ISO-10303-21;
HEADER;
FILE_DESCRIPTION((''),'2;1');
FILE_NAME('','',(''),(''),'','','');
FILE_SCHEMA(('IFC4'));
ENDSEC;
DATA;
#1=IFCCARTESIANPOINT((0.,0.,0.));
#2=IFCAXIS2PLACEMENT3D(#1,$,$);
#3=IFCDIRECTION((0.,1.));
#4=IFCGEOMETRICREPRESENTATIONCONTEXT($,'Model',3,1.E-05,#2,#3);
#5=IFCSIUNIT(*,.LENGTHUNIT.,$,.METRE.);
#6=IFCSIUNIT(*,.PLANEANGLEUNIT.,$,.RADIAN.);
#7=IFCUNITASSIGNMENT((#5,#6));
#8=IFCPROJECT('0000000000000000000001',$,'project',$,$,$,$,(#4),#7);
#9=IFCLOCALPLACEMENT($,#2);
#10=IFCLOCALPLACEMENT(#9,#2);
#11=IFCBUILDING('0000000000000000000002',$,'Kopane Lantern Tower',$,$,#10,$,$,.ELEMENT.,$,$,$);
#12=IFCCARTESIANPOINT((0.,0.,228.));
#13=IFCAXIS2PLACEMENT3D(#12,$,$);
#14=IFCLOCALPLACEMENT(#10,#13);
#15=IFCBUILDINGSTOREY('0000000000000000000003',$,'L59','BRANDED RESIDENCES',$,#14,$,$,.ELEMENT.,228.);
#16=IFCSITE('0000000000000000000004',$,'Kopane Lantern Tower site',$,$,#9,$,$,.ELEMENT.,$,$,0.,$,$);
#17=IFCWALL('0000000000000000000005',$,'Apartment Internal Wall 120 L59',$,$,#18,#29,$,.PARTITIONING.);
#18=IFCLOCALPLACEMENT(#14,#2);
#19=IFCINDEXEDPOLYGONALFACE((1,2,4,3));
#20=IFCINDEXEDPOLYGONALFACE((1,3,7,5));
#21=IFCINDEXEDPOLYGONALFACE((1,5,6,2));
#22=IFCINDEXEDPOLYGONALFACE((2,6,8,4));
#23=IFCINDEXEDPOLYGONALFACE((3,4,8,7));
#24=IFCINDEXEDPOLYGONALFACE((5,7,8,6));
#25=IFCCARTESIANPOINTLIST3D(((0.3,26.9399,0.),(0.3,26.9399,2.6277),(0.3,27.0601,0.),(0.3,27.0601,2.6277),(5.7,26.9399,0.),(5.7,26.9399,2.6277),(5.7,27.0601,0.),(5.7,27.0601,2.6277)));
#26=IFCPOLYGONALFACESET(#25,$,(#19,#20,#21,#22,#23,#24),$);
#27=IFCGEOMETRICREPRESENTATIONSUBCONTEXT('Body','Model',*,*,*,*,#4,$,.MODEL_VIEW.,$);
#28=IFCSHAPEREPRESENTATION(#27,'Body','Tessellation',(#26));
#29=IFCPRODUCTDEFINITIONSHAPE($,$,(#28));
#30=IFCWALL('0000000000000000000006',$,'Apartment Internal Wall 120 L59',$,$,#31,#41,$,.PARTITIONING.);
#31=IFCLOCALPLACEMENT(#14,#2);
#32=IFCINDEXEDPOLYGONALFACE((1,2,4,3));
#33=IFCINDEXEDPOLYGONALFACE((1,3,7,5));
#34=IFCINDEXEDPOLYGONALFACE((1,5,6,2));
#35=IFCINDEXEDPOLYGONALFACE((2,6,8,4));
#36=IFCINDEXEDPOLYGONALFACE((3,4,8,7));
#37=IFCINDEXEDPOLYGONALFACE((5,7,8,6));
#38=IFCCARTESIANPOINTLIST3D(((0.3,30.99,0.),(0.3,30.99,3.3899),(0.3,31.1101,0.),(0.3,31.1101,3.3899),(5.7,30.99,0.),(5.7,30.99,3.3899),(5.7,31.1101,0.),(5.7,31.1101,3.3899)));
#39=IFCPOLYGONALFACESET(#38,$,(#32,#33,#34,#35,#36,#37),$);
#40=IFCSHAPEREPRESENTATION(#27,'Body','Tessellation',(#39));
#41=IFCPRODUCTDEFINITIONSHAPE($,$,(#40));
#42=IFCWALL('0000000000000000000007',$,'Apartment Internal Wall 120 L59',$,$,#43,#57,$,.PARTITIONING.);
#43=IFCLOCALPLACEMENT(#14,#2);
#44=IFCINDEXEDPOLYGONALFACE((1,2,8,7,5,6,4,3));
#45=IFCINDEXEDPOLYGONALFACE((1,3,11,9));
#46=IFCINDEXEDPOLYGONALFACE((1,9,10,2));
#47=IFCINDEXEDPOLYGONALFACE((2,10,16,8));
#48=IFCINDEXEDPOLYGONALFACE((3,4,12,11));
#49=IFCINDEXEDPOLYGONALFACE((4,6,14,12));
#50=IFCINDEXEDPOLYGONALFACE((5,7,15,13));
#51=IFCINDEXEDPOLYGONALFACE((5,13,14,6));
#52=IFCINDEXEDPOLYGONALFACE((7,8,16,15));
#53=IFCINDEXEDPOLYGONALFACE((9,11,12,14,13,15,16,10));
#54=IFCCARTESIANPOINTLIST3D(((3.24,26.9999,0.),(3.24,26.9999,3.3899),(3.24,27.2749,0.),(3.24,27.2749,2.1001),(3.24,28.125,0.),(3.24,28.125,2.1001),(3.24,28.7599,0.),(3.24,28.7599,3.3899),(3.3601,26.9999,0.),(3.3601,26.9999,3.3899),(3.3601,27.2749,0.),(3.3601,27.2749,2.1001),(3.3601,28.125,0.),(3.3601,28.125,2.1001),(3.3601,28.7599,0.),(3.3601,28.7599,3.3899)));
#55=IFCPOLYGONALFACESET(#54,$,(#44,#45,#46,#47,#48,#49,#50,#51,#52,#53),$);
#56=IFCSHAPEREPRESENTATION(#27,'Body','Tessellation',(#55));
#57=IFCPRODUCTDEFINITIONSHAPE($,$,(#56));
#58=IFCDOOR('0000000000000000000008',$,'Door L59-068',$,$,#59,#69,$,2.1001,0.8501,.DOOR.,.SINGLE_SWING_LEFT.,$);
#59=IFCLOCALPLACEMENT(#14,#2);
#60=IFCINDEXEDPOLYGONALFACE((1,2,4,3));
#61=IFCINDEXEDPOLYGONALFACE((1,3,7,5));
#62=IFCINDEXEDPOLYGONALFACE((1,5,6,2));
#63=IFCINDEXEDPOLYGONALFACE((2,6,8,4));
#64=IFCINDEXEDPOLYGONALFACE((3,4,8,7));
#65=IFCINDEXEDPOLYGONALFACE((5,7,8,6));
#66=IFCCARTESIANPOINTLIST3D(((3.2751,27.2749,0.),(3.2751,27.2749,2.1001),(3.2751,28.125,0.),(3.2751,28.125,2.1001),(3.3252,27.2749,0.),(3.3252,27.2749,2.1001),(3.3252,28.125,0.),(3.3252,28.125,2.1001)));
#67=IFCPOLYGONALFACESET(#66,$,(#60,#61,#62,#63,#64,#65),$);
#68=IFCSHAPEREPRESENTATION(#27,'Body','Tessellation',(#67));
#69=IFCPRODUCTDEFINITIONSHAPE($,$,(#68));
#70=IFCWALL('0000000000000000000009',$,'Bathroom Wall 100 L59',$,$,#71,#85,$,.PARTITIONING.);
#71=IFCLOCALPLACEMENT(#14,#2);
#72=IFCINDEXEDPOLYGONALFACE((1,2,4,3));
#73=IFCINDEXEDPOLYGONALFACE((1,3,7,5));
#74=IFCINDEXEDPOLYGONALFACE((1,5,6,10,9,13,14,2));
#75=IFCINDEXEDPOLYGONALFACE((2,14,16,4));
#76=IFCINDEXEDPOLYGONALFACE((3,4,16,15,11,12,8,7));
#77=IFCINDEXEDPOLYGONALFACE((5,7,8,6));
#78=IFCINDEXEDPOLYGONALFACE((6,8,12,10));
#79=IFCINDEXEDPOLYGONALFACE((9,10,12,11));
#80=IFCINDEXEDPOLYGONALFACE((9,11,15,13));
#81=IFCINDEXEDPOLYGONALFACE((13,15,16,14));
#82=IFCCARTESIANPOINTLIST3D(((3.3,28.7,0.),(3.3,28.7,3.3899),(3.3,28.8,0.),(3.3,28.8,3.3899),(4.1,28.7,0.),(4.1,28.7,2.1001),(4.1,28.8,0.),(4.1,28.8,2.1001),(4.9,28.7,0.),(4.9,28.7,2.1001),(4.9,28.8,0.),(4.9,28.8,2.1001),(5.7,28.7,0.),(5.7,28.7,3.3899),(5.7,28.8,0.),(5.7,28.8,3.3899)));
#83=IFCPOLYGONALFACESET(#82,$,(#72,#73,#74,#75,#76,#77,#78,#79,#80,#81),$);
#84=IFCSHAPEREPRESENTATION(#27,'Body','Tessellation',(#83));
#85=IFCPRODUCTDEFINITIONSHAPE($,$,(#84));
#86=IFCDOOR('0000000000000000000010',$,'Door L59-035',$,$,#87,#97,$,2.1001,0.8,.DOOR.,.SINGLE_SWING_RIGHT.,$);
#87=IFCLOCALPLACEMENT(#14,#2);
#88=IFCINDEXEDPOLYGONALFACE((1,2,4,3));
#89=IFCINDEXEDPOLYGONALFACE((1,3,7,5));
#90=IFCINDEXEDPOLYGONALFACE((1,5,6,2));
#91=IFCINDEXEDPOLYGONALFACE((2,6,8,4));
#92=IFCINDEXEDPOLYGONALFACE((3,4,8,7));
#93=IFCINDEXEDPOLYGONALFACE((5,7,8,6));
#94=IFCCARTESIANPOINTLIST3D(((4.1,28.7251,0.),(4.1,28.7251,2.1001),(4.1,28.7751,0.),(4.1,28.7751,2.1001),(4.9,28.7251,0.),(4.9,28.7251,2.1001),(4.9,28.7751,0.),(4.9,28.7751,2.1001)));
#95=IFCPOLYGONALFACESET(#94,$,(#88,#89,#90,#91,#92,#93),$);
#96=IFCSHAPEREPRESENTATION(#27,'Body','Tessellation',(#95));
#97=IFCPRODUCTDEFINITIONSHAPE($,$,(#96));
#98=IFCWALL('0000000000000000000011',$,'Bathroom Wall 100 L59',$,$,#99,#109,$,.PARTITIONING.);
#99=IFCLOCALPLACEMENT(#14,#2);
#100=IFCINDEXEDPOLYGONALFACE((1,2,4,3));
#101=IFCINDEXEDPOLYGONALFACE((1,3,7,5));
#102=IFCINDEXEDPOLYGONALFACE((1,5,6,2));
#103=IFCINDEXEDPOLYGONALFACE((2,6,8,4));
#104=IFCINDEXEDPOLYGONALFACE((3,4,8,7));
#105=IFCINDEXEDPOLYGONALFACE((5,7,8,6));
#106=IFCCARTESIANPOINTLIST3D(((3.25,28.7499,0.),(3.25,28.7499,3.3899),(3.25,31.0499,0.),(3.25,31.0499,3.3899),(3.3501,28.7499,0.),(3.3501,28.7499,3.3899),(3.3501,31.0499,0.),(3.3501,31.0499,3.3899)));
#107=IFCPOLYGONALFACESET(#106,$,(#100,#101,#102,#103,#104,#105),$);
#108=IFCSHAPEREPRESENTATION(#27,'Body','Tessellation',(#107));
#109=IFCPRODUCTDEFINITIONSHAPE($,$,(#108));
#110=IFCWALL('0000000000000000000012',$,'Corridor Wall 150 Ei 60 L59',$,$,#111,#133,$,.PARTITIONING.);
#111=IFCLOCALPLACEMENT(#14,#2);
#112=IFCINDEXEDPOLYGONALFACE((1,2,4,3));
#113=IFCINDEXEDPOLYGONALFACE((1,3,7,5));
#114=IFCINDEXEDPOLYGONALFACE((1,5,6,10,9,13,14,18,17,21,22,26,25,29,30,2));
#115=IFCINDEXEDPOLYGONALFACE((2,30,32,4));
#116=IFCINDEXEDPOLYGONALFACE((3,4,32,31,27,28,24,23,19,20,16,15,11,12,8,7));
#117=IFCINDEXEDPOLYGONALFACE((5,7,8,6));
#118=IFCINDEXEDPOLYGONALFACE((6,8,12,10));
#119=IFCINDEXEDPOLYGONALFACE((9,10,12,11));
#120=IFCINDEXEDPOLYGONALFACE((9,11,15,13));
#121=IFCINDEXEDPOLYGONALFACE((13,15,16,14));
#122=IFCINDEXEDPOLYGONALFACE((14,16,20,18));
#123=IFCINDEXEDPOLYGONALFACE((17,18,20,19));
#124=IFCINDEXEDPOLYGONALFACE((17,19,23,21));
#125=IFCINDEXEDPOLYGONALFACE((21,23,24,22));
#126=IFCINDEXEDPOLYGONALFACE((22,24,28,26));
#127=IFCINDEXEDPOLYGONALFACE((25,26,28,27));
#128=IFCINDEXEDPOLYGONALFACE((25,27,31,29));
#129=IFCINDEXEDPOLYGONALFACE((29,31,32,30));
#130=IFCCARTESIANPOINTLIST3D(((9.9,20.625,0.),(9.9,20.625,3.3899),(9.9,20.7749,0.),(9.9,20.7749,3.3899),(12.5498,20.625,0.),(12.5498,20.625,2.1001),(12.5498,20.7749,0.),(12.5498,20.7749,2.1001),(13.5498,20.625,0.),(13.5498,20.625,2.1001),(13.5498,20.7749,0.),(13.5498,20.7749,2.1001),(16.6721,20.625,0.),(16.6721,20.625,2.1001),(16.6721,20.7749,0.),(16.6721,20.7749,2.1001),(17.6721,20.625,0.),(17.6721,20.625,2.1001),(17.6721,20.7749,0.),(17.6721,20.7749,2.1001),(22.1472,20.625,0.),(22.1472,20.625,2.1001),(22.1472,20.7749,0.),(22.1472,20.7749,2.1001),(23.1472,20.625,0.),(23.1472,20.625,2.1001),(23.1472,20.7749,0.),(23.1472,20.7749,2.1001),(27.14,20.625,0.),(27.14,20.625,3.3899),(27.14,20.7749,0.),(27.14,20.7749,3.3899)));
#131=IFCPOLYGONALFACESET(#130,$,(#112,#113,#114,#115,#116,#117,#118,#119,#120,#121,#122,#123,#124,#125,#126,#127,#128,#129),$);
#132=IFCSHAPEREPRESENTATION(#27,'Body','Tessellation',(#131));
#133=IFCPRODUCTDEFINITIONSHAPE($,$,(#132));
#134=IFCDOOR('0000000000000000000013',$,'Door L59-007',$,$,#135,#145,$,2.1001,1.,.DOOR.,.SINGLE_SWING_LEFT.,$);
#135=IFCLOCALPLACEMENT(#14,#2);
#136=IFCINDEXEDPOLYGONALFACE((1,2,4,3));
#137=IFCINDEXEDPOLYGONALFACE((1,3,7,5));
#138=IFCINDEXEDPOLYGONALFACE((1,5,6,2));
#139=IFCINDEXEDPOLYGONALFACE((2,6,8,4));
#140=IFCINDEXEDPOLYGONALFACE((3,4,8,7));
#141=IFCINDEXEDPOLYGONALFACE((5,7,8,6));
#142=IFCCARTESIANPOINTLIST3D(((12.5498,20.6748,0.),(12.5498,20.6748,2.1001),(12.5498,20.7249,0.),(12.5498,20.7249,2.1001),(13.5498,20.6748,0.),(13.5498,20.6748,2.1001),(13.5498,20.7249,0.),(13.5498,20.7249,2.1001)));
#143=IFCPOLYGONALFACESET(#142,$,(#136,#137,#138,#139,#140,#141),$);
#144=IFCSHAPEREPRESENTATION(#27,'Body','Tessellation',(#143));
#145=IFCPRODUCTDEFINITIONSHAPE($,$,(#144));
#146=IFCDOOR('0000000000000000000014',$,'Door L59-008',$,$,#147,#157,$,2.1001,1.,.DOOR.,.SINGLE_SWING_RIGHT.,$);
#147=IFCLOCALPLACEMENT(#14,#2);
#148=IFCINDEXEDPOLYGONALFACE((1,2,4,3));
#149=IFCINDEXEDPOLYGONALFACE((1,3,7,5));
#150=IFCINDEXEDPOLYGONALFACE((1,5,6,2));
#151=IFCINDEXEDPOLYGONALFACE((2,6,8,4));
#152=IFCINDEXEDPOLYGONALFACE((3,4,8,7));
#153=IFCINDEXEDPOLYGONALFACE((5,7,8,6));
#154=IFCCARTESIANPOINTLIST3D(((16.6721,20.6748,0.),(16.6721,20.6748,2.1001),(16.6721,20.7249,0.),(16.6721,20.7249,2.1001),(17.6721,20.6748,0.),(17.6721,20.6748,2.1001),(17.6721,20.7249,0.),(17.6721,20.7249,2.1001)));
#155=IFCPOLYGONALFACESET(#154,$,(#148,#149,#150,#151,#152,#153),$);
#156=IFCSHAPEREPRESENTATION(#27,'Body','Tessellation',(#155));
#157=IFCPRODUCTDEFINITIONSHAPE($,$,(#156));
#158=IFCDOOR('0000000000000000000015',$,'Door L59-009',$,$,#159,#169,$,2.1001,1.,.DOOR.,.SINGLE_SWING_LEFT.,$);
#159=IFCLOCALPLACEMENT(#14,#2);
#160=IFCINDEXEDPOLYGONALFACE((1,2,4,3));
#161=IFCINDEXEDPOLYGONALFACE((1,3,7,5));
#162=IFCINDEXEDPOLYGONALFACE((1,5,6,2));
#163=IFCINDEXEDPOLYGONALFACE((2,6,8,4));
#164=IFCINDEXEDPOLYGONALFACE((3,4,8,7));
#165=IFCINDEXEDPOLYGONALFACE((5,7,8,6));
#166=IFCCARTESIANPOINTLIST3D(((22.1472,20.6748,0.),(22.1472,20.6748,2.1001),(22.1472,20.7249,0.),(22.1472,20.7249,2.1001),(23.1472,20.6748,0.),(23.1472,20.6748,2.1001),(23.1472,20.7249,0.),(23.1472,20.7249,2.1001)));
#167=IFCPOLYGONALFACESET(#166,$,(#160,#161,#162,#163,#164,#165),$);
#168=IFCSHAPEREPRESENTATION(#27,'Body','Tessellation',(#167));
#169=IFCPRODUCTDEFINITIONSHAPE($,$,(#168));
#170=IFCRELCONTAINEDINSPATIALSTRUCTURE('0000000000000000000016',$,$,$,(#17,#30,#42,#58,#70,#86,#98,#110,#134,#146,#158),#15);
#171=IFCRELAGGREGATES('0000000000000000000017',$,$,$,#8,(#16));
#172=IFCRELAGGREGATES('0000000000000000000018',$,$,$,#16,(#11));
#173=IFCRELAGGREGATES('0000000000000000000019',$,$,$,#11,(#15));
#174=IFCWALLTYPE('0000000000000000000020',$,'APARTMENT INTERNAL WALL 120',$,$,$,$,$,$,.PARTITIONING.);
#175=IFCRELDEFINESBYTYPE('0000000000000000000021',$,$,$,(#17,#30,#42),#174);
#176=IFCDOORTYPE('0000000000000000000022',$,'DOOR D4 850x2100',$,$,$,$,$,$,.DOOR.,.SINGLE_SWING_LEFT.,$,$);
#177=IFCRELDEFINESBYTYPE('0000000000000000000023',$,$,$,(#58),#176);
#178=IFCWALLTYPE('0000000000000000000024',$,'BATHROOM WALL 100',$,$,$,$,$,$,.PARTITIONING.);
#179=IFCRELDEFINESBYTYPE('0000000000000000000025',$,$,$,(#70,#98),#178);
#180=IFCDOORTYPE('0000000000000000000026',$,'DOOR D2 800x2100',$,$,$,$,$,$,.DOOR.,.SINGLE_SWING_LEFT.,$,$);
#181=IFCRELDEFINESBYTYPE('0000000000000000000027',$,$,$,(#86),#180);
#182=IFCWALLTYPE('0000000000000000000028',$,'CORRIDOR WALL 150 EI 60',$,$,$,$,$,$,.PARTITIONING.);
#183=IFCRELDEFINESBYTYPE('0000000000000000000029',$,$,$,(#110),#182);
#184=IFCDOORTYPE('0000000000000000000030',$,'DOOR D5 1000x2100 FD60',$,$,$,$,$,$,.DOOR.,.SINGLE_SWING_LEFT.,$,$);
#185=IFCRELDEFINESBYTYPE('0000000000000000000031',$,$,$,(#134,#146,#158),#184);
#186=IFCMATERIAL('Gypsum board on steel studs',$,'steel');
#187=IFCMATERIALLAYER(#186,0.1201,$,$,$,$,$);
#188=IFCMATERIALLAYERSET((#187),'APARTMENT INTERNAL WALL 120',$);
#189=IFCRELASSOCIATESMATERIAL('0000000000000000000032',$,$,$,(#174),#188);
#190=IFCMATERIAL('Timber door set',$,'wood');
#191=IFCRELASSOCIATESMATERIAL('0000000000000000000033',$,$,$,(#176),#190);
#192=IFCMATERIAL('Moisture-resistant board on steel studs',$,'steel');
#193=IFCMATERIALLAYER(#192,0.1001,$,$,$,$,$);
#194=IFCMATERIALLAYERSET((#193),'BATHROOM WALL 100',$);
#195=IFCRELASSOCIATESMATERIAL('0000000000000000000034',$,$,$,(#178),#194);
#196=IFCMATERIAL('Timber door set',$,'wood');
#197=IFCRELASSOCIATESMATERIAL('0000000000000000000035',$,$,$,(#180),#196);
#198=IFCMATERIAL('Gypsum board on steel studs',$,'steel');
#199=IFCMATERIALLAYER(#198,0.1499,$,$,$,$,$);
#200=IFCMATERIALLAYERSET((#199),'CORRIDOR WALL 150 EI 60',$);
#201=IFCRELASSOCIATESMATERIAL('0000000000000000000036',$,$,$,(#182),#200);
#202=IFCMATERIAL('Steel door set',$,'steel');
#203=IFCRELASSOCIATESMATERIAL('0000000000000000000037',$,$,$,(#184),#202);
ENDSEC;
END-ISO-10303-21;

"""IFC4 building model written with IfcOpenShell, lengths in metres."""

from ifc_helpers import new_model, si_unit, direction, frame, frame_2d, origin, place, context, subcontext, project, spatial, rectangle, extrude, material, layer, layer_set, type_object, element, fill, save


model = new_model("IFC4")

# Units and contexts
model_context = context("Model", 3, precision=1e-05, world=origin(), true_north=direction((0.0, 1.0)))
body_context = subcontext(model_context, "Body", "Model", "MODEL_VIEW")
ifc_project = project(units=[si_unit("LENGTHUNIT", "METRE"), si_unit("PLANEANGLEUNIT", "RADIAN")], contexts=[model_context])

# Site, building, storey
site_placement = place(None, origin())
site = spatial("IfcSite", under=ifc_project, at=site_placement, Name="Kopane Lantern Tower site", CompositionType="ELEMENT", RefElevation=0.0)
building_placement = place(site_placement, origin())
building = spatial("IfcBuilding", under=site, at=building_placement, Name="Kopane Lantern Tower", CompositionType="ELEMENT")
storey_placement = place(building_placement, frame((0.0, 0.0, 228.0)))
storey = spatial("IfcBuildingStorey", under=building, at=storey_placement, Name="L59", Description="BRANDED RESIDENCES", CompositionType="ELEMENT", Elevation=228.0)

# Walls
ifc_material_1 = material(Name="Gypsum board on steel studs", Category="steel")
ifc_layer_1 = layer(ifc_material_1, 0.1201)
ifc_layer_set_1 = layer_set([ifc_layer_1], Name="APARTMENT INTERNAL WALL 120")
wall_type_1 = type_object("IfcWallType", Name="APARTMENT INTERNAL WALL 120", PredefinedType="PARTITIONING", material=ifc_layer_set_1)
wall_1_placement = place(storey_placement, frame((5.7, 27.0, 0.0), z_axis=(0.0, 0.0, 1.0), x_axis=(-1.0, 0.0, 0.0)))
element("IfcWall", 1, at=wall_1_placement, inside=storey, type_object=wall_type_1, Name="Apartment Internal Wall 120 L59", PredefinedType="PARTITIONING", context=body_context, shape_type="SweptSolid", body=[
    extrude(rectangle(XDim=5.3999, YDim=0.1201, at=frame_2d((2.7, 0.0))), origin(), (0.0, 0.0, 1.0), 2.6277),
])
wall_2_placement = place(storey_placement, frame((5.7, 31.05, 0.0), z_axis=(0.0, 0.0, 1.0), x_axis=(-1.0, 0.0, 0.0)))
element("IfcWall", 2, at=wall_2_placement, inside=storey, type_object=wall_type_1, Name="Apartment Internal Wall 120 L59", PredefinedType="PARTITIONING", context=body_context, shape_type="SweptSolid", body=[
    extrude(rectangle(XDim=5.3999, YDim=0.1201, at=frame_2d((2.7, 0.0))), origin(), (0.0, 0.0, 1.0), 3.3899),
])

# Walls, openings, doors
wall_3_placement = place(storey_placement, frame((3.3, 27.0, 0.0), z_axis=(0.0, 0.0, 1.0), x_axis=(0.0, 1.0, 0.0)))
wall_3 = element("IfcWall", 3, at=wall_3_placement, inside=storey, type_object=wall_type_1, Name="Apartment Internal Wall 120 L59", PredefinedType="PARTITIONING", context=body_context, shape_type="SweptSolid", body=[
    extrude(rectangle(XDim=1.76, YDim=0.1201, at=frame_2d((0.8799, 0.0))), origin(), (0.0, 0.0, 1.0), 3.3899),
])
opening_1_placement = place(wall_3_placement, frame((0.2749, 0.0, 0.0)))
opening_1 = element("IfcOpeningElement", 4, at=opening_1_placement, cuts=wall_3, PredefinedType="OPENING", context=body_context, shape_type="SweptSolid", body=[
    extrude(rectangle(XDim=0.8501, YDim=2.1001, at=frame_2d((0.425, 1.05))), frame((0.0, 0.0701, 0.0), z_axis=(0.0, -1.0, 0.0), x_axis=(1.0, 0.0, 0.0)), (0.0, 0.0, 1.0), 0.1401),
])
ifc_material_2 = material(Name="Timber door set", Category="wood")
door_type_1 = type_object("IfcDoorType", Name="DOOR D4 850x2100", OperationType="SINGLE_SWING_LEFT", PredefinedType="DOOR", material=ifc_material_2)
door_1_placement = place(opening_1_placement, origin())
door_1 = element("IfcDoor", 5, at=door_1_placement, inside=storey, type_object=door_type_1, Name="Door L59-068", OperationType="SINGLE_SWING_LEFT", OverallHeight=2.1001, OverallWidth=0.8501, PredefinedType="DOOR", context=body_context, shape_type="SweptSolid", body=[
    extrude(rectangle(XDim=0.8501, YDim=2.1001, at=frame_2d((0.425, 1.05))), frame((0.0, 0.0249, 0.0), z_axis=(0.0, -1.0, 0.0), x_axis=(1.0, 0.0, 0.0)), (0.0, 0.0, 1.0), 0.05),
])
fill(opening_1, door_1)
ifc_material_3 = material(Name="Moisture-resistant board on steel studs", Category="steel")
ifc_layer_2 = layer(ifc_material_3, 0.1001)
ifc_layer_set_2 = layer_set([ifc_layer_2], Name="BATHROOM WALL 100")
wall_type_2 = type_object("IfcWallType", Name="BATHROOM WALL 100", PredefinedType="PARTITIONING", material=ifc_layer_set_2)
wall_4_placement = place(storey_placement, frame((5.7, 28.75, 0.0), z_axis=(0.0, 0.0, 1.0), x_axis=(-1.0, 0.0, 0.0)))
wall_4 = element("IfcWall", 6, at=wall_4_placement, inside=storey, type_object=wall_type_2, Name="Bathroom Wall 100 L59", PredefinedType="PARTITIONING", context=body_context, shape_type="SweptSolid", body=[
    extrude(rectangle(XDim=2.3999, YDim=0.1001, at=frame_2d((1.2, 0.0))), origin(), (0.0, 0.0, 1.0), 3.3899),
])
opening_2_placement = place(wall_4_placement, frame((0.8, 0.0, 0.0)))
opening_2 = element("IfcOpeningElement", 7, at=opening_2_placement, cuts=wall_4, PredefinedType="OPENING", context=body_context, shape_type="SweptSolid", body=[
    extrude(rectangle(XDim=0.8, YDim=2.1001, at=frame_2d((0.3999, 1.05))), frame((0.0, 0.0601, 0.0), z_axis=(0.0, -1.0, 0.0), x_axis=(1.0, 0.0, 0.0)), (0.0, 0.0, 1.0), 0.1201),
])
ifc_material_4 = material(Name="Timber door set", Category="wood")
door_type_2 = type_object("IfcDoorType", Name="DOOR D2 800x2100", OperationType="SINGLE_SWING_LEFT", PredefinedType="DOOR", material=ifc_material_4)
door_2_placement = place(opening_2_placement, origin())
door_2 = element("IfcDoor", 8, at=door_2_placement, inside=storey, type_object=door_type_2, Name="Door L59-035", OperationType="SINGLE_SWING_RIGHT", OverallHeight=2.1001, OverallWidth=0.8, PredefinedType="DOOR", context=body_context, shape_type="SweptSolid", body=[
    extrude(rectangle(XDim=0.8, YDim=2.1001, at=frame_2d((0.3999, 1.05))), frame((0.0, 0.0249, 0.0), z_axis=(0.0, -1.0, 0.0), x_axis=(1.0, 0.0, 0.0)), (0.0, 0.0, 1.0), 0.05),
])
fill(opening_2, door_2)

# Wall
wall_5_placement = place(storey_placement, frame((3.3, 28.75, 0.0), z_axis=(0.0, 0.0, 1.0), x_axis=(0.0, 1.0, 0.0)))
element("IfcWall", 9, at=wall_5_placement, inside=storey, type_object=wall_type_2, Name="Bathroom Wall 100 L59", PredefinedType="PARTITIONING", context=body_context, shape_type="SweptSolid", body=[
    extrude(rectangle(XDim=2.3, YDim=0.1001, at=frame_2d((1.1499, 0.0))), origin(), (0.0, 0.0, 1.0), 3.3899),
])

# Wall, openings, doors
ifc_material_5 = material(Name="Gypsum board on steel studs", Category="steel")
ifc_layer_3 = layer(ifc_material_5, 0.1499)
ifc_layer_set_3 = layer_set([ifc_layer_3], Name="CORRIDOR WALL 150 EI 60")
wall_type_3 = type_object("IfcWallType", Name="CORRIDOR WALL 150 EI 60", PredefinedType="PARTITIONING", material=ifc_layer_set_3)
wall_6_placement = place(storey_placement, frame((9.8999, 20.7, 0.0), z_axis=(0.0, 0.0, 1.0), x_axis=(1.0, 0.0, 0.0)))
wall_6 = element("IfcWall", 10, at=wall_6_placement, inside=storey, type_object=wall_type_3, Name="Corridor Wall 150 Ei 60 L59", PredefinedType="PARTITIONING", context=body_context, shape_type="SweptSolid", body=[
    extrude(rectangle(XDim=17.24, YDim=0.1499, at=frame_2d((8.6201, 0.0))), origin(), (0.0, 0.0, 1.0), 3.3899),
])
opening_3_placement = place(wall_6_placement, frame((2.6499, 0.0, 0.0)))
opening_3 = element("IfcOpeningElement", 11, at=opening_3_placement, cuts=wall_6, PredefinedType="OPENING", context=body_context, shape_type="SweptSolid", body=[
    extrude(rectangle(XDim=1.0, YDim=2.1001, at=frame_2d((0.5, 1.05))), frame((0.0, 0.085, 0.0), z_axis=(0.0, -1.0, 0.0), x_axis=(1.0, 0.0, 0.0)), (0.0, 0.0, 1.0), 0.1699),
])
opening_4_placement = place(wall_6_placement, frame((6.7722, 0.0, 0.0)))
opening_4 = element("IfcOpeningElement", 12, at=opening_4_placement, cuts=wall_6, PredefinedType="OPENING", context=body_context, shape_type="SweptSolid", body=[
    extrude(rectangle(XDim=1.0, YDim=2.1001, at=frame_2d((0.5, 1.05))), frame((0.0, 0.085, 0.0), z_axis=(0.0, -1.0, 0.0), x_axis=(1.0, 0.0, 0.0)), (0.0, 0.0, 1.0), 0.1699),
])
opening_5_placement = place(wall_6_placement, frame((12.2473, 0.0, 0.0)))
opening_5 = element("IfcOpeningElement", 13, at=opening_5_placement, cuts=wall_6, PredefinedType="OPENING", context=body_context, shape_type="SweptSolid", body=[
    extrude(rectangle(XDim=1.0, YDim=2.1001, at=frame_2d((0.5, 1.05))), frame((0.0, 0.085, 0.0), z_axis=(0.0, -1.0, 0.0), x_axis=(1.0, 0.0, 0.0)), (0.0, 0.0, 1.0), 0.1699),
])
ifc_material_6 = material(Name="Steel door set", Category="steel")
door_type_3 = type_object("IfcDoorType", Name="DOOR D5 1000x2100 FD60", OperationType="SINGLE_SWING_LEFT", PredefinedType="DOOR", material=ifc_material_6)
door_3_placement = place(opening_3_placement, origin())
door_3 = element("IfcDoor", 14, at=door_3_placement, inside=storey, type_object=door_type_3, Name="Door L59-007", OperationType="SINGLE_SWING_LEFT", OverallHeight=2.1001, OverallWidth=1.0, PredefinedType="DOOR", context=body_context, shape_type="SweptSolid", body=[
    extrude(rectangle(XDim=1.0, YDim=2.1001, at=frame_2d((0.5, 1.05))), frame((0.0, 0.0249, 0.0), z_axis=(0.0, -1.0, 0.0), x_axis=(1.0, 0.0, 0.0)), (0.0, 0.0, 1.0), 0.05),
])
fill(opening_3, door_3)
door_4_placement = place(opening_4_placement, origin())
door_4 = element("IfcDoor", 15, at=door_4_placement, inside=storey, type_object=door_type_3, Name="Door L59-008", OperationType="SINGLE_SWING_RIGHT", OverallHeight=2.1001, OverallWidth=1.0, PredefinedType="DOOR", context=body_context, shape_type="SweptSolid", body=[
    extrude(rectangle(XDim=1.0, YDim=2.1001, at=frame_2d((0.5, 1.05))), frame((0.0, 0.0249, 0.0), z_axis=(0.0, -1.0, 0.0), x_axis=(1.0, 0.0, 0.0)), (0.0, 0.0, 1.0), 0.05),
])
fill(opening_4, door_4)
door_5_placement = place(opening_5_placement, origin())
door_5 = element("IfcDoor", 16, at=door_5_placement, inside=storey, type_object=door_type_3, Name="Door L59-009", OperationType="SINGLE_SWING_LEFT", OverallHeight=2.1001, OverallWidth=1.0, PredefinedType="DOOR", context=body_context, shape_type="SweptSolid", body=[
    extrude(rectangle(XDim=1.0, YDim=2.1001, at=frame_2d((0.5, 1.05))), frame((0.0, 0.0249, 0.0), z_axis=(0.0, -1.0, 0.0), x_axis=(1.0, 0.0, 0.0)), (0.0, 0.0, 1.0), 0.05),
])
fill(opening_5, door_5)

save(model, "model.ifc")
